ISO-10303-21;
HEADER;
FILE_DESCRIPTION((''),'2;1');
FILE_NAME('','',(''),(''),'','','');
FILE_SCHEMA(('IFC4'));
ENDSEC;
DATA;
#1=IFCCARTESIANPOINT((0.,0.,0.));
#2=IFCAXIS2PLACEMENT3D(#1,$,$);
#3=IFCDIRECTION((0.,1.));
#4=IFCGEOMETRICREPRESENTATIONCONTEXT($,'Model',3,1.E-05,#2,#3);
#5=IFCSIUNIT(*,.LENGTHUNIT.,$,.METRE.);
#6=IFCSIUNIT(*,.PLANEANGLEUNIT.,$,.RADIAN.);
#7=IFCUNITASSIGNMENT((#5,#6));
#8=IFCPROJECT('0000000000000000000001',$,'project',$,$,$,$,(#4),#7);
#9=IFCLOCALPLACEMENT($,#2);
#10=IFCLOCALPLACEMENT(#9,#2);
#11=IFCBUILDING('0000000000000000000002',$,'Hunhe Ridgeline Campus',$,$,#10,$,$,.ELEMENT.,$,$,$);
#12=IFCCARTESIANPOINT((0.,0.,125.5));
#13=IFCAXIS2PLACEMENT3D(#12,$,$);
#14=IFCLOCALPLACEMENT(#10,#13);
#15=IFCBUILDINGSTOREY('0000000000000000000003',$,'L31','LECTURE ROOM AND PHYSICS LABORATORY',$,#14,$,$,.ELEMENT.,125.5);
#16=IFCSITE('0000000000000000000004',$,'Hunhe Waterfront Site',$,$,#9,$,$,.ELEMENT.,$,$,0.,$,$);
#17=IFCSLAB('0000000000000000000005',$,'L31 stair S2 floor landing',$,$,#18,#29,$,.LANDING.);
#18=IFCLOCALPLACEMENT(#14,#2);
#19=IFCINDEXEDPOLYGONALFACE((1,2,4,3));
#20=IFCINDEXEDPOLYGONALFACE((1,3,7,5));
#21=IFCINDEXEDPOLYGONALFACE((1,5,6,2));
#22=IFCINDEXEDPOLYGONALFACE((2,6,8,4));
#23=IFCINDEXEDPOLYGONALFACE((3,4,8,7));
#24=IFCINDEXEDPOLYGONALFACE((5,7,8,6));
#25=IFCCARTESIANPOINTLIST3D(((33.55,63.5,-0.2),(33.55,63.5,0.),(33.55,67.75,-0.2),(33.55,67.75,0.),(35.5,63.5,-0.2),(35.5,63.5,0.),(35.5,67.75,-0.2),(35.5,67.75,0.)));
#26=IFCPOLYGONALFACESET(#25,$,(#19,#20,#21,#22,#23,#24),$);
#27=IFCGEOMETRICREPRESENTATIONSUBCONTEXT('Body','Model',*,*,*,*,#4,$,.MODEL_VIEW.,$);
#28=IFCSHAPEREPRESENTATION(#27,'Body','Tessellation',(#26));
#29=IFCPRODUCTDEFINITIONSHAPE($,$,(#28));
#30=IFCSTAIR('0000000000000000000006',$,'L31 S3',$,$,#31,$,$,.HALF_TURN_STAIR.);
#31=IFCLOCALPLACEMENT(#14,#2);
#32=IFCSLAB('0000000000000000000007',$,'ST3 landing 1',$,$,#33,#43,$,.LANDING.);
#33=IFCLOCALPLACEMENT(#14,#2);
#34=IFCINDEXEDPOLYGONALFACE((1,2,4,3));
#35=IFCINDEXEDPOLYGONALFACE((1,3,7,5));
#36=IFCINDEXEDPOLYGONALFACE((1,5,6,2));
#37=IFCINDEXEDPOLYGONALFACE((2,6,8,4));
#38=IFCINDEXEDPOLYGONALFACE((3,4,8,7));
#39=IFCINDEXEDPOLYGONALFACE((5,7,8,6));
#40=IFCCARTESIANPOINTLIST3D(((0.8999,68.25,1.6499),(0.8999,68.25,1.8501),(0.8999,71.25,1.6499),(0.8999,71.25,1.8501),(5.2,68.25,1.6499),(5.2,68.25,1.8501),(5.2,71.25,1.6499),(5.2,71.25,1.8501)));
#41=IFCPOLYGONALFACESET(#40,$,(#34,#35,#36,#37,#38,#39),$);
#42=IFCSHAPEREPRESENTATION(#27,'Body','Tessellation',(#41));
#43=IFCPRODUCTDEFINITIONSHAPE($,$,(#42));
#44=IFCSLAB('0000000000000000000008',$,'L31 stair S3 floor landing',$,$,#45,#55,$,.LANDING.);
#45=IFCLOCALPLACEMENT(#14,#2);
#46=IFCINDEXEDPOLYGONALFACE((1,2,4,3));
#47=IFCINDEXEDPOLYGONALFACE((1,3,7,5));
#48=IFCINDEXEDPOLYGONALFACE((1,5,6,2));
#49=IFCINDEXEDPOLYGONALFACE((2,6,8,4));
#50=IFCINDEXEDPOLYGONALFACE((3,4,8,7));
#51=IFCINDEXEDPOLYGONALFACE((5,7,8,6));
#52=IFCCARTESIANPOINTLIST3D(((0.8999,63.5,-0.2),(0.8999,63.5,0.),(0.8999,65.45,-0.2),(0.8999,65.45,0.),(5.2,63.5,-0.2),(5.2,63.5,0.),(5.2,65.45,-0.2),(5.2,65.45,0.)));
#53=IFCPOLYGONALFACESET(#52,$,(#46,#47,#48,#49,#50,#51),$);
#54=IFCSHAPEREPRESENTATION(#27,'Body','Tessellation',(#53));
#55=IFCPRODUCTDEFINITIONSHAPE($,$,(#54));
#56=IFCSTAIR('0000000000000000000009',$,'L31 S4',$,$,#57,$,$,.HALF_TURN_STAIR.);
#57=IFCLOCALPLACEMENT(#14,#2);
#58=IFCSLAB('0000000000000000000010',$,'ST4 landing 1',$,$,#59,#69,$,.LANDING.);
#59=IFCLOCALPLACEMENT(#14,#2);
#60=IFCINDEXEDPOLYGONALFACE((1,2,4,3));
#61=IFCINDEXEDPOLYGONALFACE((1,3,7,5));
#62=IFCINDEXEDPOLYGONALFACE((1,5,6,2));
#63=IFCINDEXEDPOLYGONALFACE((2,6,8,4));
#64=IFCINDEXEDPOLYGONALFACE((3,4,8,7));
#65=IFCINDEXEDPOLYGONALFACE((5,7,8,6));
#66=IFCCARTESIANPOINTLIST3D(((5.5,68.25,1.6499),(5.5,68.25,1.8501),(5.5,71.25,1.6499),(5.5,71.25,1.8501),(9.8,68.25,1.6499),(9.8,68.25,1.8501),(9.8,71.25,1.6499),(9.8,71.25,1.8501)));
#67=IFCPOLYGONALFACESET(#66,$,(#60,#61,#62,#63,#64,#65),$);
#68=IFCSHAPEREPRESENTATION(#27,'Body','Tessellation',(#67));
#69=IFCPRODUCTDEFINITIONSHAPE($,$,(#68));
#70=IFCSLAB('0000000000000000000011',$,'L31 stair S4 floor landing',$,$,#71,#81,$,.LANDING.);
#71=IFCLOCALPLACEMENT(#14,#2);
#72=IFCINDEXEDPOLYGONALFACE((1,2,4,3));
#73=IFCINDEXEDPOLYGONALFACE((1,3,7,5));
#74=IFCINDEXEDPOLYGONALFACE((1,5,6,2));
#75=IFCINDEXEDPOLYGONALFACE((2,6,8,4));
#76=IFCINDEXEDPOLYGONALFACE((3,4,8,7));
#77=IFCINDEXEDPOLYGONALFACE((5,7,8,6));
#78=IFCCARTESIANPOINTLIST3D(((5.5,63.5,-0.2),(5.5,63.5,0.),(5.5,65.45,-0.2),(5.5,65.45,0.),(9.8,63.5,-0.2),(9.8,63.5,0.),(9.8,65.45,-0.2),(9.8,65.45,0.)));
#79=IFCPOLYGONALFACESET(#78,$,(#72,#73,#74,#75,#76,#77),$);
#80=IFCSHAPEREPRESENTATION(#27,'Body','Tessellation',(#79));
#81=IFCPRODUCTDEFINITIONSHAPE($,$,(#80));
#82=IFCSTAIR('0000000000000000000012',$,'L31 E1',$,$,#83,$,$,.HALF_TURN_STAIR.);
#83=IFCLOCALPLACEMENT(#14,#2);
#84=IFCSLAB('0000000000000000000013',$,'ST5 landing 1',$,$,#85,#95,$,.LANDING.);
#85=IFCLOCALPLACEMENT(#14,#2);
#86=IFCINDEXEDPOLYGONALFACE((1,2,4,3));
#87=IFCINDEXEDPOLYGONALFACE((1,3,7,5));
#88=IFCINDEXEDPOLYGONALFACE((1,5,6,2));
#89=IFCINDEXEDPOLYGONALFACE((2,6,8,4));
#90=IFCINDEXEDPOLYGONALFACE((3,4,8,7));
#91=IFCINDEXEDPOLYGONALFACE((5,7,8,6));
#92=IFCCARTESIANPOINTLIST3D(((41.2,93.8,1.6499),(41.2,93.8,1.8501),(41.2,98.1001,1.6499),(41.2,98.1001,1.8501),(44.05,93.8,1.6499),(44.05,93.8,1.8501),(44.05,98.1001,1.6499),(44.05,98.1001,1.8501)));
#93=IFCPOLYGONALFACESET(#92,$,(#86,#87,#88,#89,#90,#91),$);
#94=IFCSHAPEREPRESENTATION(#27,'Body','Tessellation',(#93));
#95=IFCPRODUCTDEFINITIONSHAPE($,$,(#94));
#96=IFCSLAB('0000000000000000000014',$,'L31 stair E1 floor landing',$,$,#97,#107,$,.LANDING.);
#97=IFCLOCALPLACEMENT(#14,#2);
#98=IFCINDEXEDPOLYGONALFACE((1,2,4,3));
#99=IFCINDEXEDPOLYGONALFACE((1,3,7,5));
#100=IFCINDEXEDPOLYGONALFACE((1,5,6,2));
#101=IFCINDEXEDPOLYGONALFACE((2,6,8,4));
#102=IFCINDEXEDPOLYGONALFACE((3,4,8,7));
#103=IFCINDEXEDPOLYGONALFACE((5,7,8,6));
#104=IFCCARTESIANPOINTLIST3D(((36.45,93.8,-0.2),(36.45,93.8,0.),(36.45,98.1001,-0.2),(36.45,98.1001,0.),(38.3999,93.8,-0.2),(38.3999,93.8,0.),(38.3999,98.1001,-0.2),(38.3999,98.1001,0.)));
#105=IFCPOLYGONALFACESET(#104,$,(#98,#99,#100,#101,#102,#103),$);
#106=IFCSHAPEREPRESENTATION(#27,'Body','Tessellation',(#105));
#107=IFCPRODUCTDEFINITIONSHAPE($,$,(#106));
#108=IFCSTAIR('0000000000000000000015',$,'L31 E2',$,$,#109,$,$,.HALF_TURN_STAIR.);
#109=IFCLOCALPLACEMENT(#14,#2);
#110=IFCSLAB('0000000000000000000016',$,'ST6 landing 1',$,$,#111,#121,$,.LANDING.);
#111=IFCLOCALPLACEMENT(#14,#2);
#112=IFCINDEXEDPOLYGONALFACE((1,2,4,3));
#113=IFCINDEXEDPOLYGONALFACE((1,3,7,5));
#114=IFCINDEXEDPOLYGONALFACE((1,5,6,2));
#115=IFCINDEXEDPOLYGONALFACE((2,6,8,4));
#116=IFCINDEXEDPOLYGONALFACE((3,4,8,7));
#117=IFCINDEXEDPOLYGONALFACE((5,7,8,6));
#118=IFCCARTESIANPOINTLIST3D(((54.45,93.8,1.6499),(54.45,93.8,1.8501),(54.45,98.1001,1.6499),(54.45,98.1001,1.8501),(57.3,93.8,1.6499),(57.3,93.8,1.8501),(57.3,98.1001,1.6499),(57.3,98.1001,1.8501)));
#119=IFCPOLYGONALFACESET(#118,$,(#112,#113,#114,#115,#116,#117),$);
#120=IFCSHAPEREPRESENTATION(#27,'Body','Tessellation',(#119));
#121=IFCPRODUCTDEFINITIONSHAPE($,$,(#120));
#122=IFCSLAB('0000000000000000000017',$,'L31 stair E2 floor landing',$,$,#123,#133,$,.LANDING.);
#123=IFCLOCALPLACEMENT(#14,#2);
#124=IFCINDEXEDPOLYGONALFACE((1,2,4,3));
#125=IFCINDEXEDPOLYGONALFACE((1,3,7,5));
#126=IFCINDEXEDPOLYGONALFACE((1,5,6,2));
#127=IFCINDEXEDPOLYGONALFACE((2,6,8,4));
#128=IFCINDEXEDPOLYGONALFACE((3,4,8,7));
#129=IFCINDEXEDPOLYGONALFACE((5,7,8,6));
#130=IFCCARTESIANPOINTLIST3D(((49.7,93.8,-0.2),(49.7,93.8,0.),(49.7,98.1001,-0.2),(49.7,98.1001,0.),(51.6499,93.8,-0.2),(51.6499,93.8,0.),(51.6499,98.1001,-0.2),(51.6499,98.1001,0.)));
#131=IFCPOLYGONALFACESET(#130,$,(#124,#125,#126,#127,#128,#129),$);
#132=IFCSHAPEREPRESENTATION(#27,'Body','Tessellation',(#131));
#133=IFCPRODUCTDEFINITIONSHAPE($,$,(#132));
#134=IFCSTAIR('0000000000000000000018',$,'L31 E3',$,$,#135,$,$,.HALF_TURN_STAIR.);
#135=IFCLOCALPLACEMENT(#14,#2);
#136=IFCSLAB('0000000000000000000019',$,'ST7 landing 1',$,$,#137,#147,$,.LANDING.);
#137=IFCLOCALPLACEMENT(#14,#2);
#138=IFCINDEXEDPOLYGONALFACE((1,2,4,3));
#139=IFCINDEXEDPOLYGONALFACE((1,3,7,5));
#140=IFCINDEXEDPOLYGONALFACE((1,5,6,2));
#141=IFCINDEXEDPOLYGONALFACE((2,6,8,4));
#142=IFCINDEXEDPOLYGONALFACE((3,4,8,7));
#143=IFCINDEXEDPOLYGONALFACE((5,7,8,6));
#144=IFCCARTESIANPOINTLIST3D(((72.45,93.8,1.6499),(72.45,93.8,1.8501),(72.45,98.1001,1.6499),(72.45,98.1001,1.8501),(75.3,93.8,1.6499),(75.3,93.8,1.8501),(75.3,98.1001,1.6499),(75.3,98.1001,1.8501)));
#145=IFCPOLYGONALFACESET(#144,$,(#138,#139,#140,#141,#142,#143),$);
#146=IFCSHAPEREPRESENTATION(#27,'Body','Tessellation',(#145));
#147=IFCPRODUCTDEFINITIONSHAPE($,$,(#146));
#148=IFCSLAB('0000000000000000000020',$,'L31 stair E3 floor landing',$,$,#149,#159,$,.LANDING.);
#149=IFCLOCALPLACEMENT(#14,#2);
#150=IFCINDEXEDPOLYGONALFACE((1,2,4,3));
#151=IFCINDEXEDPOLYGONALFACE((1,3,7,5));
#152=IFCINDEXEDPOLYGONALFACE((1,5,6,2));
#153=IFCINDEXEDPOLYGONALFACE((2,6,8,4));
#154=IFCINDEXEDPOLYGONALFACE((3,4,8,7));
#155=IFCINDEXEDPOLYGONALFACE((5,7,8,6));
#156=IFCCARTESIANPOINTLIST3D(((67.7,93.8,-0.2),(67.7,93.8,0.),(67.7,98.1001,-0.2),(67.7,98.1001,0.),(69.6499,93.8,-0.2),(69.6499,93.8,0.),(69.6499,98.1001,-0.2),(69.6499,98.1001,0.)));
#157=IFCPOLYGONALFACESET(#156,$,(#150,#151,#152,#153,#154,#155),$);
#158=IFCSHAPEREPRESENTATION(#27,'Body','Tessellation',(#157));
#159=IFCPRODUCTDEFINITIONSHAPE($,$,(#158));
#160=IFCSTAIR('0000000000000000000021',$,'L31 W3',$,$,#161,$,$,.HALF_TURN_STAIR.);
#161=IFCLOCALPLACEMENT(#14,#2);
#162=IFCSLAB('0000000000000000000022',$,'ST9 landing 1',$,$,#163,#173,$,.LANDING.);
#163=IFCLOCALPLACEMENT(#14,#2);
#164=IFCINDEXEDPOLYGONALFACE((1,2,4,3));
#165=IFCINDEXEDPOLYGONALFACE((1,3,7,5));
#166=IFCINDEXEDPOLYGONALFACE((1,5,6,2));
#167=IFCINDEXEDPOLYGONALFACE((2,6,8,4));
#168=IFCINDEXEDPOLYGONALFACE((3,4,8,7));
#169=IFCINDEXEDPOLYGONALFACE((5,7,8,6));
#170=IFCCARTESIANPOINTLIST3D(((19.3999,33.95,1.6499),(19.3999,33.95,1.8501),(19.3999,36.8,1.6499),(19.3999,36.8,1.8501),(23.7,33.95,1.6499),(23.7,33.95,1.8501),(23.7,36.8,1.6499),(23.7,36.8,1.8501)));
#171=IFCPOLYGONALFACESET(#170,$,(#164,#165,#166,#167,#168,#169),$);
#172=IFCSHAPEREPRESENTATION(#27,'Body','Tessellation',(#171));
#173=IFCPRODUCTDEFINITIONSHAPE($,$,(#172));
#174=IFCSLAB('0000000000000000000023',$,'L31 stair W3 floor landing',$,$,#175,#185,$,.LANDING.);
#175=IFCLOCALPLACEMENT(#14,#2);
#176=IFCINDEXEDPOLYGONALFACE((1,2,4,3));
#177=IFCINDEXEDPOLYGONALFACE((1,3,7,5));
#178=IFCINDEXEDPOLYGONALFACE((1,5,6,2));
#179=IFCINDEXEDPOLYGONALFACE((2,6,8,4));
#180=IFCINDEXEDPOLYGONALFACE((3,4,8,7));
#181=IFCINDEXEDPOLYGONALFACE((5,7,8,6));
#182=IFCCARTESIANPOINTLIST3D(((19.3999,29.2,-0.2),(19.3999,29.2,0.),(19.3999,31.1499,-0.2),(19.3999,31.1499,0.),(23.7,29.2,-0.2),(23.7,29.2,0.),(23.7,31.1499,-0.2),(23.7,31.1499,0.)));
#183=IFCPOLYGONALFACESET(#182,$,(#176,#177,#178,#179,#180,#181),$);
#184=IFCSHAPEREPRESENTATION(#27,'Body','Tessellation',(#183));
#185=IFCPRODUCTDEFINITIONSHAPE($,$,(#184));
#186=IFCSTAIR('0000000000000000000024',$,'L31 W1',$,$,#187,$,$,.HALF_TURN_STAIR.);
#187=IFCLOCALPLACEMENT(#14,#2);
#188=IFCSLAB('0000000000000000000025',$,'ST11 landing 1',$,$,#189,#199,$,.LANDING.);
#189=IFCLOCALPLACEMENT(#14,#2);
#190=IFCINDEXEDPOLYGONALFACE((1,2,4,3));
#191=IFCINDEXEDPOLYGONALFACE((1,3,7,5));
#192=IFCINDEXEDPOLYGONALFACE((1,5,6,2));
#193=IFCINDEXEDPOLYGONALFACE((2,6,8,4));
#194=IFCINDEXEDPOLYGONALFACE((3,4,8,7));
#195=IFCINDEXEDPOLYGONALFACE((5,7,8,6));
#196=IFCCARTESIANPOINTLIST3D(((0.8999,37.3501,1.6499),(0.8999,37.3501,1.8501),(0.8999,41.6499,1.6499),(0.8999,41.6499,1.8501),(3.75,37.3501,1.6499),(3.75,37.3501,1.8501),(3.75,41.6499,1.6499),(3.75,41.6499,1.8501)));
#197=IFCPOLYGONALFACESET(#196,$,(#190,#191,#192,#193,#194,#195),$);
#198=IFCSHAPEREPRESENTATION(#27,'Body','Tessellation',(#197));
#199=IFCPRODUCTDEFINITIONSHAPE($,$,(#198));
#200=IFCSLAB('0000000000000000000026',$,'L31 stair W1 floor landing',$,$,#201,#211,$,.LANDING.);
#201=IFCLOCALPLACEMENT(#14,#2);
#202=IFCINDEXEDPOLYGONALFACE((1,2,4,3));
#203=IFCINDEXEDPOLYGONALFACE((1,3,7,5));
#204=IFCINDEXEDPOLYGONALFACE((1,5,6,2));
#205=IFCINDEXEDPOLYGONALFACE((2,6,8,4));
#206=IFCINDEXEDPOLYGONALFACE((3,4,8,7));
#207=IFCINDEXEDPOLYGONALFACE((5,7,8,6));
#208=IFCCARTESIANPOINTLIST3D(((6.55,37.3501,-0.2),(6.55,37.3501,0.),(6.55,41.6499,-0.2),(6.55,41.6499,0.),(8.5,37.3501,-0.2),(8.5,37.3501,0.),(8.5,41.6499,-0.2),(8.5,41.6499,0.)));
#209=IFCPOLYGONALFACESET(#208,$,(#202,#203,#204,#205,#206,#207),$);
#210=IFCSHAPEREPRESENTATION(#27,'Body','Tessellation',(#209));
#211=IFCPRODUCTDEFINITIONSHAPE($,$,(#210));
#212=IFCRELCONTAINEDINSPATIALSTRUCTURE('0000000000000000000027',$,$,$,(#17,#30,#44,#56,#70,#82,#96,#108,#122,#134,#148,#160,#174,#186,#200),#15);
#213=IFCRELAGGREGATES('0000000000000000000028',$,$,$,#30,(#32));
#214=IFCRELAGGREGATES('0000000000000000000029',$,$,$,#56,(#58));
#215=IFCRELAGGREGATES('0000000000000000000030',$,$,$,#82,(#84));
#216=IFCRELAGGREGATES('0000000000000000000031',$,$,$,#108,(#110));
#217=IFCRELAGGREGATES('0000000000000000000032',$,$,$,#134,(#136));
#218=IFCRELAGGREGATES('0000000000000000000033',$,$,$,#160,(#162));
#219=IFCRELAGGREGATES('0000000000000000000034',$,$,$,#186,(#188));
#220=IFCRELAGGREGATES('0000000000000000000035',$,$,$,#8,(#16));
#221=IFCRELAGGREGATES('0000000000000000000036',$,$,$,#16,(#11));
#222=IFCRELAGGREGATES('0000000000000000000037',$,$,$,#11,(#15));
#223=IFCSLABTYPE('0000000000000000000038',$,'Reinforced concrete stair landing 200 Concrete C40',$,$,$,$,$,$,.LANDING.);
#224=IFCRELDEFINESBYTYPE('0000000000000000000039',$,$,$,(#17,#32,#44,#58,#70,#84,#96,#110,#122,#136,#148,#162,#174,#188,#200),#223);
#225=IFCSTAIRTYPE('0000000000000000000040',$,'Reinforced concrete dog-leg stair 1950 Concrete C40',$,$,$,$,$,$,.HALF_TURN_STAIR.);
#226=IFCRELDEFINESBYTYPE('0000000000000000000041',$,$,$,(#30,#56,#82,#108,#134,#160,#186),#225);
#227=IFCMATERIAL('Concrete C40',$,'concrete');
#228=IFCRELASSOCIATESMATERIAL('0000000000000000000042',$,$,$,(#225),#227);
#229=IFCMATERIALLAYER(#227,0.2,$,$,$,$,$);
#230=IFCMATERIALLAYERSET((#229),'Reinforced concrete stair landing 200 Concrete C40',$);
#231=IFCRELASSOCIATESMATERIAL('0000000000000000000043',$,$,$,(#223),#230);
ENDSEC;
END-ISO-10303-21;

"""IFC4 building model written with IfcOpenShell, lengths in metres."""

from ifc_helpers import new_model, si_unit, direction, frame, origin, place, context, subcontext, project, spatial, polyline, outline, extrude, material, layer, layer_set, type_object, element, aggregate, save


model = new_model("IFC4")

# Units and contexts
model_context = context("Model", 3, precision=1e-05, world=origin(), true_north=direction((0.0, 1.0)))
body_context = subcontext(model_context, "Body", "Model", "MODEL_VIEW")
ifc_project = project(units=[si_unit("LENGTHUNIT", "METRE"), si_unit("PLANEANGLEUNIT", "RADIAN")], contexts=[model_context])

# Site, building, storey
site_placement = place(None, origin())
site = spatial("IfcSite", under=ifc_project, at=site_placement, Name="Hunhe Waterfront Site", CompositionType="ELEMENT", RefElevation=0.0)
building_placement = place(site_placement, origin())
building = spatial("IfcBuilding", under=site, at=building_placement, Name="Hunhe Ridgeline Campus", CompositionType="ELEMENT")
storey_placement = place(building_placement, frame((0.0, 0.0, 125.5)))
storey = spatial("IfcBuildingStorey", under=building, at=storey_placement, Name="L31", Description="LECTURE ROOM AND PHYSICS LABORATORY", CompositionType="ELEMENT", Elevation=125.5)

# Shared definitions
ifc_material_1 = material(Name="Concrete C40", Category="concrete")

# Shared definitions
stair_type = type_object("IfcStairType", Name="Reinforced concrete dog-leg stair 1950 Concrete C40", PredefinedType="HALF_TURN_STAIR", material=ifc_material_1)
ifc_layer_1 = layer(ifc_material_1, 0.2)
ifc_layer_set_1 = layer_set([ifc_layer_1], Name="Reinforced concrete stair landing 200 Concrete C40")
slab_type_1 = type_object("IfcSlabType", Name="Reinforced concrete stair landing 200 Concrete C40", PredefinedType="LANDING", material=ifc_layer_set_1)

# Slab
slab_1_placement = place(storey_placement, frame((0.0, 0.0, -0.2)))
element("IfcSlab", 1, at=slab_1_placement, inside=storey, type_object=slab_type_1, Name="L31 stair S2 floor landing", PredefinedType="LANDING", context=body_context, shape_type="SweptSolid", body=[
    extrude(outline(polyline([(35.5, 67.75), (33.55, 67.75), (33.55, 63.5), (35.5, 63.5), (35.5, 67.75)])), origin(), (0.0, 0.0, 1.0), 0.2),
])

# Stair, slab
stair_1_placement = place(storey_placement, origin())
stair_1 = element("IfcStair", 2, at=stair_1_placement, inside=storey, type_object=stair_type, Name="L31 S3", PredefinedType="HALF_TURN_STAIR")
slab_2_placement = place(storey_placement, frame((0.0, 0.0, 1.6499)))
slab_2 = element("IfcSlab", 3, at=slab_2_placement, type_object=slab_type_1, Name="ST3 landing 1", PredefinedType="LANDING", context=body_context, shape_type="SweptSolid", body=[
    extrude(outline(polyline([(5.2, 68.25), (5.2, 71.25), (0.8999, 71.25), (0.8999, 68.25), (5.2, 68.25)])), origin(), (0.0, 0.0, 1.0), 0.2002),
])
aggregate(stair_1, [slab_2])

# Slab
slab_3_placement = place(storey_placement, frame((0.0, 0.0, -0.2)))
element("IfcSlab", 4, at=slab_3_placement, inside=storey, type_object=slab_type_1, Name="L31 stair S3 floor landing", PredefinedType="LANDING", context=body_context, shape_type="SweptSolid", body=[
    extrude(outline(polyline([(5.2, 63.5), (5.2, 65.45), (0.8999, 65.45), (0.8999, 63.5), (5.2, 63.5)])), origin(), (0.0, 0.0, 1.0), 0.2),
])

# Stair, slab
stair_2_placement = place(storey_placement, origin())
stair_2 = element("IfcStair", 5, at=stair_2_placement, inside=storey, type_object=stair_type, Name="L31 S4", PredefinedType="HALF_TURN_STAIR")
slab_4_placement = place(storey_placement, frame((0.0, 0.0, 1.6499)))
slab_4 = element("IfcSlab", 6, at=slab_4_placement, type_object=slab_type_1, Name="ST4 landing 1", PredefinedType="LANDING", context=body_context, shape_type="SweptSolid", body=[
    extrude(outline(polyline([(9.8, 68.25), (9.8, 71.25), (5.5, 71.25), (5.5, 68.25), (9.8, 68.25)])), origin(), (0.0, 0.0, 1.0), 0.2002),
])
aggregate(stair_2, [slab_4])

# Slab
slab_5_placement = place(storey_placement, frame((0.0, 0.0, -0.2)))
element("IfcSlab", 7, at=slab_5_placement, inside=storey, type_object=slab_type_1, Name="L31 stair S4 floor landing", PredefinedType="LANDING", context=body_context, shape_type="SweptSolid", body=[
    extrude(outline(polyline([(9.8, 63.5), (9.8, 65.45), (5.5, 65.45), (5.5, 63.5), (9.8, 63.5)])), origin(), (0.0, 0.0, 1.0), 0.2),
])

# Stair, slab
stair_3_placement = place(storey_placement, origin())
stair_3 = element("IfcStair", 8, at=stair_3_placement, inside=storey, type_object=stair_type, Name="L31 E1", PredefinedType="HALF_TURN_STAIR")
slab_6_placement = place(storey_placement, frame((0.0, 0.0, 1.6499)))
slab_6 = element("IfcSlab", 9, at=slab_6_placement, type_object=slab_type_1, Name="ST5 landing 1", PredefinedType="LANDING", context=body_context, shape_type="SweptSolid", body=[
    extrude(outline(polyline([(41.2, 93.8), (44.05, 93.8), (44.05, 98.1001), (41.2, 98.1001), (41.2, 93.8)])), origin(), (0.0, 0.0, 1.0), 0.2002),
])
aggregate(stair_3, [slab_6])

# Slab
slab_7_placement = place(storey_placement, frame((0.0, 0.0, -0.2)))
element("IfcSlab", 10, at=slab_7_placement, inside=storey, type_object=slab_type_1, Name="L31 stair E1 floor landing", PredefinedType="LANDING", context=body_context, shape_type="SweptSolid", body=[
    extrude(outline(polyline([(36.45, 93.8), (38.3999, 93.8), (38.3999, 98.1001), (36.45, 98.1001), (36.45, 93.8)])), origin(), (0.0, 0.0, 1.0), 0.2),
])

# Stair, slab
stair_4_placement = place(storey_placement, origin())
stair_4 = element("IfcStair", 11, at=stair_4_placement, inside=storey, type_object=stair_type, Name="L31 E2", PredefinedType="HALF_TURN_STAIR")
slab_8_placement = place(storey_placement, frame((0.0, 0.0, 1.6499)))
slab_8 = element("IfcSlab", 12, at=slab_8_placement, type_object=slab_type_1, Name="ST6 landing 1", PredefinedType="LANDING", context=body_context, shape_type="SweptSolid", body=[
    extrude(outline(polyline([(54.45, 93.8), (57.3, 93.8), (57.3, 98.1001), (54.45, 98.1001), (54.45, 93.8)])), origin(), (0.0, 0.0, 1.0), 0.2002),
])
aggregate(stair_4, [slab_8])

# Slab
slab_9_placement = place(storey_placement, frame((0.0, 0.0, -0.2)))
element("IfcSlab", 13, at=slab_9_placement, inside=storey, type_object=slab_type_1, Name="L31 stair E2 floor landing", PredefinedType="LANDING", context=body_context, shape_type="SweptSolid", body=[
    extrude(outline(polyline([(49.7, 93.8), (51.6499, 93.8), (51.6499, 98.1001), (49.7, 98.1001), (49.7, 93.8)])), origin(), (0.0, 0.0, 1.0), 0.2),
])

# Stair, slab
stair_5_placement = place(storey_placement, origin())
stair_5 = element("IfcStair", 14, at=stair_5_placement, inside=storey, type_object=stair_type, Name="L31 E3", PredefinedType="HALF_TURN_STAIR")
slab_10_placement = place(storey_placement, frame((0.0, 0.0, 1.6499)))
slab_10 = element("IfcSlab", 15, at=slab_10_placement, type_object=slab_type_1, Name="ST7 landing 1", PredefinedType="LANDING", context=body_context, shape_type="SweptSolid", body=[
    extrude(outline(polyline([(72.45, 93.8), (75.3, 93.8), (75.3, 98.1001), (72.45, 98.1001), (72.45, 93.8)])), origin(), (0.0, 0.0, 1.0), 0.2002),
])
aggregate(stair_5, [slab_10])

# Slab
slab_11_placement = place(storey_placement, frame((0.0, 0.0, -0.2)))
element("IfcSlab", 16, at=slab_11_placement, inside=storey, type_object=slab_type_1, Name="L31 stair E3 floor landing", PredefinedType="LANDING", context=body_context, shape_type="SweptSolid", body=[
    extrude(outline(polyline([(67.7, 93.8), (69.6499, 93.8), (69.6499, 98.1001), (67.7, 98.1001), (67.7, 93.8)])), origin(), (0.0, 0.0, 1.0), 0.2),
])

# Stair, slab
stair_6_placement = place(storey_placement, origin())
stair_6 = element("IfcStair", 17, at=stair_6_placement, inside=storey, type_object=stair_type, Name="L31 W3", PredefinedType="HALF_TURN_STAIR")
slab_12_placement = place(storey_placement, frame((0.0, 0.0, 1.6499)))
slab_12 = element("IfcSlab", 18, at=slab_12_placement, type_object=slab_type_1, Name="ST9 landing 1", PredefinedType="LANDING", context=body_context, shape_type="SweptSolid", body=[
    extrude(outline(polyline([(23.7, 33.95), (23.7, 36.8), (19.3999, 36.8), (19.3999, 33.95), (23.7, 33.95)])), origin(), (0.0, 0.0, 1.0), 0.2002),
])
aggregate(stair_6, [slab_12])

# Slab
slab_13_placement = place(storey_placement, frame((0.0, 0.0, -0.2)))
element("IfcSlab", 19, at=slab_13_placement, inside=storey, type_object=slab_type_1, Name="L31 stair W3 floor landing", PredefinedType="LANDING", context=body_context, shape_type="SweptSolid", body=[
    extrude(outline(polyline([(23.7, 29.2), (23.7, 31.1499), (19.3999, 31.1499), (19.3999, 29.2), (23.7, 29.2)])), origin(), (0.0, 0.0, 1.0), 0.2),
])

# Stair, slab
stair_7_placement = place(storey_placement, origin())
stair_7 = element("IfcStair", 20, at=stair_7_placement, inside=storey, type_object=stair_type, Name="L31 W1", PredefinedType="HALF_TURN_STAIR")
slab_14_placement = place(storey_placement, frame((0.0, 0.0, 1.6499)))
slab_14 = element("IfcSlab", 21, at=slab_14_placement, type_object=slab_type_1, Name="ST11 landing 1", PredefinedType="LANDING", context=body_context, shape_type="SweptSolid", body=[
    extrude(outline(polyline([(3.75, 41.6499), (0.8999, 41.6499), (0.8999, 37.3501), (3.75, 37.3501), (3.75, 41.6499)])), origin(), (0.0, 0.0, 1.0), 0.2002),
])
aggregate(stair_7, [slab_14])

# Slab
slab_15_placement = place(storey_placement, frame((0.0, 0.0, -0.2)))
element("IfcSlab", 22, at=slab_15_placement, inside=storey, type_object=slab_type_1, Name="L31 stair W1 floor landing", PredefinedType="LANDING", context=body_context, shape_type="SweptSolid", body=[
    extrude(outline(polyline([(8.5, 41.6499), (6.55, 41.6499), (6.55, 37.3501), (8.5, 37.3501), (8.5, 41.6499)])), origin(), (0.0, 0.0, 1.0), 0.2),
])

save(model, "model.ifc")
